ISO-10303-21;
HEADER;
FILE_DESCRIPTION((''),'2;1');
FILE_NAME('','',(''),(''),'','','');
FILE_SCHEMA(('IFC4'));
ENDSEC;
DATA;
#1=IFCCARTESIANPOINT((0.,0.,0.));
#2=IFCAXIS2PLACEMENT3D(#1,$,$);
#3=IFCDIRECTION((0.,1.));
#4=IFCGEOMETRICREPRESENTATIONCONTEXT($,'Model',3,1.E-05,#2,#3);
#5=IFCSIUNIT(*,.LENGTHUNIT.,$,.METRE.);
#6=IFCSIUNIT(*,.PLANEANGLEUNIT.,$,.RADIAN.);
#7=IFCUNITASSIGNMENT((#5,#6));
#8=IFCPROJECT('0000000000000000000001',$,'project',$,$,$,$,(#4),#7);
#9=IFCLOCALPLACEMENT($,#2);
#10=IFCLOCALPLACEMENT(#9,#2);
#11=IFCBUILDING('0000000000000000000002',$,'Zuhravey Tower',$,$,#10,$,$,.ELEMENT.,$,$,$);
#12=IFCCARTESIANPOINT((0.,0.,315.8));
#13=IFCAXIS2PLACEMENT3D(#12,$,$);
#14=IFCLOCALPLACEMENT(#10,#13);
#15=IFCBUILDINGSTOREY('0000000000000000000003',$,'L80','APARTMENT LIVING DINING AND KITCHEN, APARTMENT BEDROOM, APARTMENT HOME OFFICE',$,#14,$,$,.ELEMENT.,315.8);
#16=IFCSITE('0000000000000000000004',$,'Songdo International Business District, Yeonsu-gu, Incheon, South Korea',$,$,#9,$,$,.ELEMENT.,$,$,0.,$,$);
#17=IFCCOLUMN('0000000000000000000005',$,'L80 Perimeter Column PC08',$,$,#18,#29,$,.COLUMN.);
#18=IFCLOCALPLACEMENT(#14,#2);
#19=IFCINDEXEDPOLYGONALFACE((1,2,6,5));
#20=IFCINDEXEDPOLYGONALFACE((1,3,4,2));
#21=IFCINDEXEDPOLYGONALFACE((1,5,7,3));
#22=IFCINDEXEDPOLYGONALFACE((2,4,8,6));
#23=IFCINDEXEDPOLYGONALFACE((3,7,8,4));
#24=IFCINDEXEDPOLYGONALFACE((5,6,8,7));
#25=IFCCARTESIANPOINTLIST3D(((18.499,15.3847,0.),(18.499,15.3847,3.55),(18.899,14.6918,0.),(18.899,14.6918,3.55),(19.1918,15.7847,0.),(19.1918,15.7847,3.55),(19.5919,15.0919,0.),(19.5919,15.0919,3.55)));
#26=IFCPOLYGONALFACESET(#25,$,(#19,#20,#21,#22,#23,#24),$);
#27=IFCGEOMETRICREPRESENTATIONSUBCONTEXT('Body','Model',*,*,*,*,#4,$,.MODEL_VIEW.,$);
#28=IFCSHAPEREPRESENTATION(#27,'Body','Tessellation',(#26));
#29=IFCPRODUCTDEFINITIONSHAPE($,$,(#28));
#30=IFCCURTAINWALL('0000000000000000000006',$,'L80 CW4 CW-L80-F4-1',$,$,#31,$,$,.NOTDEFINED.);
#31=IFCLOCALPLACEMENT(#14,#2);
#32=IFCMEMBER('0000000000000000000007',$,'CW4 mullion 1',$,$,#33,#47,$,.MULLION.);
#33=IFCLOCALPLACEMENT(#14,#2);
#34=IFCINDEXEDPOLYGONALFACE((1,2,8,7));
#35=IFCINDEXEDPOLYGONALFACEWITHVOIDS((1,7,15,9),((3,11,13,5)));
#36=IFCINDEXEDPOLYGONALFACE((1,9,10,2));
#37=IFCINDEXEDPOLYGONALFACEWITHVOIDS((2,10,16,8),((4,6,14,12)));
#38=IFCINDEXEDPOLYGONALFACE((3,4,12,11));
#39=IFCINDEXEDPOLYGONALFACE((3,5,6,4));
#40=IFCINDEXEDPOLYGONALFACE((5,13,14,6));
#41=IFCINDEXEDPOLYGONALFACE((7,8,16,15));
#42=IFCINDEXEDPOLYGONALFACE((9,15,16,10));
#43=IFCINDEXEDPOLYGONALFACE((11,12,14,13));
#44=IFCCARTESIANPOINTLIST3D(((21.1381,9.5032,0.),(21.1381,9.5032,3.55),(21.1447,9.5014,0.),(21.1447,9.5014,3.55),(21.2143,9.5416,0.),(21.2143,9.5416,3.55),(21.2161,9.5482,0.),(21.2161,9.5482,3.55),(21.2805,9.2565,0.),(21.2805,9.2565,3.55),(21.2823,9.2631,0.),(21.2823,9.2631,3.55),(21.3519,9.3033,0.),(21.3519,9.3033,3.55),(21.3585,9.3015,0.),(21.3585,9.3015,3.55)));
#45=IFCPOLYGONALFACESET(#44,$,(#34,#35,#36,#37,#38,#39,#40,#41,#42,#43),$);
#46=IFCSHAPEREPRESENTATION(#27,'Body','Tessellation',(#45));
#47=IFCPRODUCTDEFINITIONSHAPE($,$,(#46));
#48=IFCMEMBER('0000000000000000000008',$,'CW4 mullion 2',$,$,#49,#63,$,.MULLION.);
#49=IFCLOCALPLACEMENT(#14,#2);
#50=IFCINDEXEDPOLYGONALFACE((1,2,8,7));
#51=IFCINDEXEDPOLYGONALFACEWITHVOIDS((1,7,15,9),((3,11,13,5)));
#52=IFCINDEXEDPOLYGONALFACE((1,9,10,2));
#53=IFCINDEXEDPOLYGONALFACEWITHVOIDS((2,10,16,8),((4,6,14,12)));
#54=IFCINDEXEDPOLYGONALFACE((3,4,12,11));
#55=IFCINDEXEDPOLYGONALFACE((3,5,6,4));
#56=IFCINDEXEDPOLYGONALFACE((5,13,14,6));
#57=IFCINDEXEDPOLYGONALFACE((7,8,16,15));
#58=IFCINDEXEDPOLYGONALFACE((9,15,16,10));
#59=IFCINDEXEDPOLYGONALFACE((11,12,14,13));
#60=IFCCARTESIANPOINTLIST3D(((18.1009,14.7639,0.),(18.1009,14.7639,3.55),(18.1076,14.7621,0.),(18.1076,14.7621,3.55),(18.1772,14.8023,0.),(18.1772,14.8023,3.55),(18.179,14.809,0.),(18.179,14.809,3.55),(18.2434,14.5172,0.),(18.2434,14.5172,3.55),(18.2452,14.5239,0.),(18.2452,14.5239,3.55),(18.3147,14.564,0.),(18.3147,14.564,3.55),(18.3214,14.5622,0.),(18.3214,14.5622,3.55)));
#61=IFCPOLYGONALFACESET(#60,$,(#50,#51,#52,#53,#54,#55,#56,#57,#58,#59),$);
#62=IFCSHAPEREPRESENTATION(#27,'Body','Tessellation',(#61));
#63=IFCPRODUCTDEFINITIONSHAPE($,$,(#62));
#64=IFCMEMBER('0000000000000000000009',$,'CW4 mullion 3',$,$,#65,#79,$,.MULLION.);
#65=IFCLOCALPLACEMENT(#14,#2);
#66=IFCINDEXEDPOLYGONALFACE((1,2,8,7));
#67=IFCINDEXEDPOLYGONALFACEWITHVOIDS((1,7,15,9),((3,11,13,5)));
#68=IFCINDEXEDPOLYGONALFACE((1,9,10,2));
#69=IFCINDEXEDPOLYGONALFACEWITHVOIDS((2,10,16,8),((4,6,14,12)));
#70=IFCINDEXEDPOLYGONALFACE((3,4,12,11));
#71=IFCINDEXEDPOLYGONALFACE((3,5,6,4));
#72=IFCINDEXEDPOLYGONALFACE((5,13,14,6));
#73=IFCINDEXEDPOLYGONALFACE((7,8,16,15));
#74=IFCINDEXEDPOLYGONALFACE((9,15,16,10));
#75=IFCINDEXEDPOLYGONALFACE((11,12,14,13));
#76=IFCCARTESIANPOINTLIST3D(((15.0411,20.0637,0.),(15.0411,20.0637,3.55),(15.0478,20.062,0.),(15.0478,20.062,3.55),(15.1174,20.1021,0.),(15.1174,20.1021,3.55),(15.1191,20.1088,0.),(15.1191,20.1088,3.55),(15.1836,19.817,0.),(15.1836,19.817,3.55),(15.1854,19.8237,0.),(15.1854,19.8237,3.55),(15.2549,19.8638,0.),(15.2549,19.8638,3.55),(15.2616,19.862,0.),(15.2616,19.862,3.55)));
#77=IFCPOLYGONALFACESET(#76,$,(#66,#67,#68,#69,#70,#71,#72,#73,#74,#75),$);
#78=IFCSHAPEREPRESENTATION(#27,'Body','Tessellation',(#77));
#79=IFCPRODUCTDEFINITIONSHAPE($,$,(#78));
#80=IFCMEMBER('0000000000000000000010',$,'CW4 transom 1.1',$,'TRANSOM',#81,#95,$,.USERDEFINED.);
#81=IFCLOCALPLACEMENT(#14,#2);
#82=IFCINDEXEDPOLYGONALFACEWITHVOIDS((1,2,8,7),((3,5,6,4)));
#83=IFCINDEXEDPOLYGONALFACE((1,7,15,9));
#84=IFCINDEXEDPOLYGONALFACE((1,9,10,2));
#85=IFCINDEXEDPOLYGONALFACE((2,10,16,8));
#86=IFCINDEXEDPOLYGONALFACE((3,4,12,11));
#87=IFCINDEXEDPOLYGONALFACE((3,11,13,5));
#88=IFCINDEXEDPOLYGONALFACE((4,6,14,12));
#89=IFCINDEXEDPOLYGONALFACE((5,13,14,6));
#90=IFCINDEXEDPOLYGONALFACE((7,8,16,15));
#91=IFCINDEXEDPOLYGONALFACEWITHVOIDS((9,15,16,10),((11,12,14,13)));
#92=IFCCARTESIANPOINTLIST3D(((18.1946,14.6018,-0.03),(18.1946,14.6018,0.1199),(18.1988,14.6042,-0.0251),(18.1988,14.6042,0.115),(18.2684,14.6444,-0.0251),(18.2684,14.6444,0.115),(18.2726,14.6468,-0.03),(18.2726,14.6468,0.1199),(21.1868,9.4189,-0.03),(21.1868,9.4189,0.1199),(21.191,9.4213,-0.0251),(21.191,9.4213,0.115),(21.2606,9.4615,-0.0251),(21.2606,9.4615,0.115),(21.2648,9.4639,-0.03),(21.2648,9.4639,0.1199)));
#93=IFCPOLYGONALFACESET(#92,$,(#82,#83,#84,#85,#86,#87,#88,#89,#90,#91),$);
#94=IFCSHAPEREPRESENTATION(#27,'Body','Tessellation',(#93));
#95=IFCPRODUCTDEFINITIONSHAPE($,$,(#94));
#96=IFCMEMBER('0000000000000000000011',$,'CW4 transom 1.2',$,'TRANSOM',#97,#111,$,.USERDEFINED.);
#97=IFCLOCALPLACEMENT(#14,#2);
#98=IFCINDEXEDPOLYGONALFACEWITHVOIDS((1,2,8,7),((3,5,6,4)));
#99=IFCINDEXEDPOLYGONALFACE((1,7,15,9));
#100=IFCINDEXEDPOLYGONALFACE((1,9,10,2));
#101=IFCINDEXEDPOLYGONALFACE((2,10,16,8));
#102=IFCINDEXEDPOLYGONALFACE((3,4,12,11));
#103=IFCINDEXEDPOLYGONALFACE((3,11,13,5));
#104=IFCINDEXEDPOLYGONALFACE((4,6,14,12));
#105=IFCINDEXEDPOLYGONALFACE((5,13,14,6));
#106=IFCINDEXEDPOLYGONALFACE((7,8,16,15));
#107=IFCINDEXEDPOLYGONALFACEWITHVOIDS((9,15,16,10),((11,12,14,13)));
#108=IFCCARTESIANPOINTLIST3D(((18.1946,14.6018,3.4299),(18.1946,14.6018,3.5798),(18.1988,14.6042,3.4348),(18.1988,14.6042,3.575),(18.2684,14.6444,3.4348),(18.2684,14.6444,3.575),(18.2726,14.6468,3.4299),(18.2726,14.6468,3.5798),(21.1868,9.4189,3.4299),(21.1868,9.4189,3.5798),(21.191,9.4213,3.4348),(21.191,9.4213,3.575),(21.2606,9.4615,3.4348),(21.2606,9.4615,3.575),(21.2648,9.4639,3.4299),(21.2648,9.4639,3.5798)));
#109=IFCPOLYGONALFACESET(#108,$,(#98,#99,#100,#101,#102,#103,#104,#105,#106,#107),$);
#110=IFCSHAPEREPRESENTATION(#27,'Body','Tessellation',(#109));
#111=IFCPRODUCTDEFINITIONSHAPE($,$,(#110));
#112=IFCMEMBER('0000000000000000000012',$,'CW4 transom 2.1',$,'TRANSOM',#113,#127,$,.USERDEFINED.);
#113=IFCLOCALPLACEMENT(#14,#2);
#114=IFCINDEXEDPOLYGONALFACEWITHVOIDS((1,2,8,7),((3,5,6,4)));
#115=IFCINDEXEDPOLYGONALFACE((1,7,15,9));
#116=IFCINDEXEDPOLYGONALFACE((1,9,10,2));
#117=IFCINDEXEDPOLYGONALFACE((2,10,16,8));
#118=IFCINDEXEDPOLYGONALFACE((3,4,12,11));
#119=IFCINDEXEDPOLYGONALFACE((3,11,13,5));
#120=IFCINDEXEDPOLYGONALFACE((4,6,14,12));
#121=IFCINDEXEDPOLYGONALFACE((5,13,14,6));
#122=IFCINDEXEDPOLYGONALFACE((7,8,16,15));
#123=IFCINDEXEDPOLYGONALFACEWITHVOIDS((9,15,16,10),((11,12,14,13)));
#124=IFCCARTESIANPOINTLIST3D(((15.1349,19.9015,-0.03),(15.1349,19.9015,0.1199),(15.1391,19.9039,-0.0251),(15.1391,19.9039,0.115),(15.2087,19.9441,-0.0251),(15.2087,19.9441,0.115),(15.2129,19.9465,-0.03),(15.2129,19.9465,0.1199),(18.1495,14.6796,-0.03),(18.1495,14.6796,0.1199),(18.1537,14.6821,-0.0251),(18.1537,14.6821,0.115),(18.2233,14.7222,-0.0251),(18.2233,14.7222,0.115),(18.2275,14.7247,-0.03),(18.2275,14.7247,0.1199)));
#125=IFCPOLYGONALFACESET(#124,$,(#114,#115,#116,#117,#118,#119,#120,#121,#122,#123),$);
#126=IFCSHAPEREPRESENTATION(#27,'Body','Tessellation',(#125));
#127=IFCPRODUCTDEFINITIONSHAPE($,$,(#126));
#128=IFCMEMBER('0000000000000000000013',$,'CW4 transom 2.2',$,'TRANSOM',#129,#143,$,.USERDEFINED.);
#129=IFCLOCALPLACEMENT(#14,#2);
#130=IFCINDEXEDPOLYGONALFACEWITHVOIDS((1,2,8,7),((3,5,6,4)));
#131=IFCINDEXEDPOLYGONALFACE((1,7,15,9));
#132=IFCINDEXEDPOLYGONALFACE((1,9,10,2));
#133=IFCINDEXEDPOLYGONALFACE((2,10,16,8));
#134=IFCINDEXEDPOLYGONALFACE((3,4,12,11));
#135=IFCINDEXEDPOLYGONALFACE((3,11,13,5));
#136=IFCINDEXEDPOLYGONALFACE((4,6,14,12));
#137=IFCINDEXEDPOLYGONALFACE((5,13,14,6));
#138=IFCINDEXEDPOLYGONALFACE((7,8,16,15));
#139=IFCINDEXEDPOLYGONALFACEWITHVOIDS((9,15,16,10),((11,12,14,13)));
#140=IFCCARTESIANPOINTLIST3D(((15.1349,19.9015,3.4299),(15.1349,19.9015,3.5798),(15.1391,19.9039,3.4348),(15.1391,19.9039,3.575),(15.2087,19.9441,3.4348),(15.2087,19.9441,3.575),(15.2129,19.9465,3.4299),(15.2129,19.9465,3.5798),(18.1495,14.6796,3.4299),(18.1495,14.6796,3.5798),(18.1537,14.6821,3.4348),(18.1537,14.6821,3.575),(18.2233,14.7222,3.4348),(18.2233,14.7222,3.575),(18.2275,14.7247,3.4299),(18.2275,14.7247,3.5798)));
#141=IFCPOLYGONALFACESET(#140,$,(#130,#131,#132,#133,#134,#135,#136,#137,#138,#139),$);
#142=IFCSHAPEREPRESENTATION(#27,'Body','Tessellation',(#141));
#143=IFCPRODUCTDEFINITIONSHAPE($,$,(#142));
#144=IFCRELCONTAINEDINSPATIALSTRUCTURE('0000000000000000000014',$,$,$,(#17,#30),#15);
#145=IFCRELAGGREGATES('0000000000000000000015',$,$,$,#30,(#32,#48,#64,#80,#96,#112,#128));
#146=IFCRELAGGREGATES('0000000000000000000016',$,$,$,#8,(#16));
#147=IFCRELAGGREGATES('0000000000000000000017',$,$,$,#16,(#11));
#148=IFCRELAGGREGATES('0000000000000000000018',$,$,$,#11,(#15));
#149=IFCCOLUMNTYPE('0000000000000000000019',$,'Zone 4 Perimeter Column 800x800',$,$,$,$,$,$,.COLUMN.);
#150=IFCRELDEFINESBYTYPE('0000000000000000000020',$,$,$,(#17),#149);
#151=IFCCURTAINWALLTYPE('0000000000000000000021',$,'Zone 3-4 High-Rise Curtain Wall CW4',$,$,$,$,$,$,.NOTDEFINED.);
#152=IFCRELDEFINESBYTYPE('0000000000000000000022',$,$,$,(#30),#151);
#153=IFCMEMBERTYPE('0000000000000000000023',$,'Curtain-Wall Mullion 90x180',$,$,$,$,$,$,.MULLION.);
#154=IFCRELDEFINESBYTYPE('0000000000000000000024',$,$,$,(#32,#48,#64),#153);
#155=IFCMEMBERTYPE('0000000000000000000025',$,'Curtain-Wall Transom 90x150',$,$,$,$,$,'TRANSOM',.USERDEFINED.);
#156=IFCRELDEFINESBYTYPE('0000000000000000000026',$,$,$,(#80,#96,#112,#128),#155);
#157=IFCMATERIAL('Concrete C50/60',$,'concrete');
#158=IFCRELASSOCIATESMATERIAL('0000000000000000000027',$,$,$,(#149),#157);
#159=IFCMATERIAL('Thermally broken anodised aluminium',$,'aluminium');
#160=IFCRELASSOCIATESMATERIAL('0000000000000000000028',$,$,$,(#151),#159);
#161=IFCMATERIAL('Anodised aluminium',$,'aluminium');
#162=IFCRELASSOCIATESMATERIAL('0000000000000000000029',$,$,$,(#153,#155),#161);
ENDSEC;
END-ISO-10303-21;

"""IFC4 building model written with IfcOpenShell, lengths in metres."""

from ifc_helpers import new_model, si_unit, direction, frame, origin, origin_2d, place, context, subcontext, project, spatial, rectangle, hollow_rectangle, extrude, material, material_profile, profile_set, type_object, element, aggregate, save


model = new_model("IFC4")

# Units and contexts
model_context = context("Model", 3, precision=1e-05, world=origin(), true_north=direction((0.0, 1.0)))
body_context = subcontext(model_context, "Body", "Model", "MODEL_VIEW")
ifc_project = project(units=[si_unit("LENGTHUNIT", "METRE"), si_unit("PLANEANGLEUNIT", "RADIAN")], contexts=[model_context])

# Site, building, storey
site_placement = place(None, origin())
site = spatial("IfcSite", under=ifc_project, at=site_placement, Name="Songdo International Business District, Yeonsu-gu, Incheon, South Korea", CompositionType="ELEMENT", RefElevation=0.0)
building_placement = place(site_placement, origin())
building = spatial("IfcBuilding", under=site, at=building_placement, Name="Zuhravey Tower", CompositionType="ELEMENT")
storey_placement = place(building_placement, frame((0.0, 0.0, 315.8)))
storey = spatial("IfcBuildingStorey", under=building, at=storey_placement, Name="L80", Description="APARTMENT LIVING DINING AND KITCHEN, APARTMENT BEDROOM, APARTMENT HOME OFFICE", CompositionType="ELEMENT", Elevation=315.8)

# Column
ifc_material_1 = material(Name="Concrete C50/60", Category="concrete")
ifc_material_profile_1 = material_profile(ifc_material_1, rectangle(XDim=0.8, YDim=0.8, at=origin_2d()), Name="RC-800x800")
ifc_profile_set_1 = profile_set([ifc_material_profile_1], Name="Concrete C50/60")
column_type = type_object("IfcColumnType", Name="Zone 4 Perimeter Column 800x800", PredefinedType="COLUMN", material=ifc_profile_set_1)
column_placement = place(storey_placement, frame((19.0454, 15.2383, 0.0), z_axis=(0.0, 0.0, 1.0), x_axis=(0.5, -0.866025, 0.0)))
element("IfcColumn", 1, at=column_placement, inside=storey, type_object=column_type, Name="L80 Perimeter Column PC08", PredefinedType="COLUMN", context=body_context, shape_type="SweptSolid", body=[
    extrude(rectangle(XDim=0.8, YDim=0.8, at=origin_2d()), origin(), (0.0, 0.0, 1.0), 3.55),
])

# Curtain wall, members
ifc_material_2 = material(Name="Thermally broken anodised aluminium", Category="aluminium")
curtain_wall_type = type_object("IfcCurtainWallType", Name="Zone 3-4 High-Rise Curtain Wall CW4", PredefinedType="NOTDEFINED", material=ifc_material_2)
curtain_wall_placement = place(storey_placement, origin())
curtain_wall = element("IfcCurtainWall", 2, at=curtain_wall_placement, inside=storey, type_object=curtain_wall_type, Name="L80 CW4 CW-L80-F4-1", PredefinedType="NOTDEFINED")
ifc_material_3 = material(Name="Anodised aluminium", Category="aluminium")
ifc_material_profile_2 = material_profile(ifc_material_3, hollow_rectangle(XDim=0.0901, YDim=0.2849, WallThickness=0.0049, at=origin_2d()), Name="ALU-RHS-90x285x5")
ifc_profile_set_2 = profile_set([ifc_material_profile_2], Name="Anodised aluminium")
member_type_1 = type_object("IfcMemberType", Name="Curtain-Wall Mullion 90x180", PredefinedType="MULLION", material=ifc_profile_set_2)
member_1_placement = place(storey_placement, frame((21.2483, 9.4023, 0.0), z_axis=(0.0, 0.0, 1.0), x_axis=(-0.866026, -0.5, 0.0)))
member_1 = element("IfcMember", 3, at=member_1_placement, type_object=member_type_1, Name="CW4 mullion 1", PredefinedType="MULLION", context=body_context, shape_type="SweptSolid", body=[
    extrude(hollow_rectangle(XDim=0.0901, YDim=0.2849, WallThickness=0.0049, at=origin_2d()), origin(), (0.0, 0.0, 1.0), 3.55),
])
member_2_placement = place(storey_placement, frame((18.2112, 14.6631, 0.0), z_axis=(0.0, 0.0, 1.0), x_axis=(-0.866026, -0.5, 0.0)))
member_2 = element("IfcMember", 4, at=member_2_placement, type_object=member_type_1, Name="CW4 mullion 2", PredefinedType="MULLION", context=body_context, shape_type="SweptSolid", body=[
    extrude(hollow_rectangle(XDim=0.0901, YDim=0.2849, WallThickness=0.0049, at=origin_2d()), origin(), (0.0, 0.0, 1.0), 3.55),
])
member_3_placement = place(storey_placement, frame((15.1514, 19.9629, 0.0), z_axis=(0.0, 0.0, 1.0), x_axis=(-0.866026, -0.5, 0.0)))
member_3 = element("IfcMember", 5, at=member_3_placement, type_object=member_type_1, Name="CW4 mullion 3", PredefinedType="MULLION", context=body_context, shape_type="SweptSolid", body=[
    extrude(hollow_rectangle(XDim=0.0901, YDim=0.2849, WallThickness=0.0049, at=origin_2d()), origin(), (0.0, 0.0, 1.0), 3.55),
])
ifc_material_profile_3 = material_profile(ifc_material_3, hollow_rectangle(XDim=0.0901, YDim=0.1499, WallThickness=0.0049, at=origin_2d()), Name="ALU-RHS-90x150x5")
ifc_profile_set_3 = profile_set([ifc_material_profile_3], Name="Anodised aluminium")
member_type_2 = type_object("IfcMemberType", Name="Curtain-Wall Transom 90x150", ElementType="TRANSOM", PredefinedType="USERDEFINED", material=ifc_profile_set_3)
member_4_placement = place(storey_placement, frame((21.2258, 9.4414, 0.0449), z_axis=(-0.499983, 0.866035, 0.0), x_axis=(-0.866035, -0.499983, 0.0)))
member_4 = element("IfcMember", 6, at=member_4_placement, type_object=member_type_2, Name="CW4 transom 1.1", ObjectType="TRANSOM", PredefinedType="USERDEFINED", context=body_context, shape_type="SweptSolid", body=[
    extrude(hollow_rectangle(XDim=0.0901, YDim=0.1499, WallThickness=0.0049, at=origin_2d()), origin(), (0.0, 0.0, 1.0), 5.9846),
])
member_5_placement = place(storey_placement, frame((21.2258, 9.4414, 3.5049), z_axis=(-0.499983, 0.866035, 0.0), x_axis=(-0.866035, -0.499983, 0.0)))
member_5 = element("IfcMember", 7, at=member_5_placement, type_object=member_type_2, Name="CW4 transom 1.2", ObjectType="TRANSOM", PredefinedType="USERDEFINED", context=body_context, shape_type="SweptSolid", body=[
    extrude(hollow_rectangle(XDim=0.0901, YDim=0.1499, WallThickness=0.0049, at=origin_2d()), origin(), (0.0, 0.0, 1.0), 5.9846),
])
member_6_placement = place(storey_placement, frame((18.1885, 14.7021, 0.0449), z_axis=(-0.499971, 0.866042, 0.0), x_axis=(-0.866042, -0.499971, 0.0)))
member_6 = element("IfcMember", 8, at=member_6_placement, type_object=member_type_2, Name="CW4 transom 2.1", ObjectType="TRANSOM", PredefinedType="USERDEFINED", context=body_context, shape_type="SweptSolid", body=[
    extrude(hollow_rectangle(XDim=0.0901, YDim=0.1499, WallThickness=0.0049, at=origin_2d()), origin(), (0.0, 0.0, 1.0), 6.0295),
])
member_7_placement = place(storey_placement, frame((18.1885, 14.7021, 3.5049), z_axis=(-0.499971, 0.866042, 0.0), x_axis=(-0.866042, -0.499971, 0.0)))
member_7 = element("IfcMember", 9, at=member_7_placement, type_object=member_type_2, Name="CW4 transom 2.2", ObjectType="TRANSOM", PredefinedType="USERDEFINED", context=body_context, shape_type="SweptSolid", body=[
    extrude(hollow_rectangle(XDim=0.0901, YDim=0.1499, WallThickness=0.0049, at=origin_2d()), origin(), (0.0, 0.0, 1.0), 6.0295),
])

aggregate(curtain_wall, [member_1, member_2, member_3, member_4, member_5, member_6, member_7])

save(model, "model.ifc")
